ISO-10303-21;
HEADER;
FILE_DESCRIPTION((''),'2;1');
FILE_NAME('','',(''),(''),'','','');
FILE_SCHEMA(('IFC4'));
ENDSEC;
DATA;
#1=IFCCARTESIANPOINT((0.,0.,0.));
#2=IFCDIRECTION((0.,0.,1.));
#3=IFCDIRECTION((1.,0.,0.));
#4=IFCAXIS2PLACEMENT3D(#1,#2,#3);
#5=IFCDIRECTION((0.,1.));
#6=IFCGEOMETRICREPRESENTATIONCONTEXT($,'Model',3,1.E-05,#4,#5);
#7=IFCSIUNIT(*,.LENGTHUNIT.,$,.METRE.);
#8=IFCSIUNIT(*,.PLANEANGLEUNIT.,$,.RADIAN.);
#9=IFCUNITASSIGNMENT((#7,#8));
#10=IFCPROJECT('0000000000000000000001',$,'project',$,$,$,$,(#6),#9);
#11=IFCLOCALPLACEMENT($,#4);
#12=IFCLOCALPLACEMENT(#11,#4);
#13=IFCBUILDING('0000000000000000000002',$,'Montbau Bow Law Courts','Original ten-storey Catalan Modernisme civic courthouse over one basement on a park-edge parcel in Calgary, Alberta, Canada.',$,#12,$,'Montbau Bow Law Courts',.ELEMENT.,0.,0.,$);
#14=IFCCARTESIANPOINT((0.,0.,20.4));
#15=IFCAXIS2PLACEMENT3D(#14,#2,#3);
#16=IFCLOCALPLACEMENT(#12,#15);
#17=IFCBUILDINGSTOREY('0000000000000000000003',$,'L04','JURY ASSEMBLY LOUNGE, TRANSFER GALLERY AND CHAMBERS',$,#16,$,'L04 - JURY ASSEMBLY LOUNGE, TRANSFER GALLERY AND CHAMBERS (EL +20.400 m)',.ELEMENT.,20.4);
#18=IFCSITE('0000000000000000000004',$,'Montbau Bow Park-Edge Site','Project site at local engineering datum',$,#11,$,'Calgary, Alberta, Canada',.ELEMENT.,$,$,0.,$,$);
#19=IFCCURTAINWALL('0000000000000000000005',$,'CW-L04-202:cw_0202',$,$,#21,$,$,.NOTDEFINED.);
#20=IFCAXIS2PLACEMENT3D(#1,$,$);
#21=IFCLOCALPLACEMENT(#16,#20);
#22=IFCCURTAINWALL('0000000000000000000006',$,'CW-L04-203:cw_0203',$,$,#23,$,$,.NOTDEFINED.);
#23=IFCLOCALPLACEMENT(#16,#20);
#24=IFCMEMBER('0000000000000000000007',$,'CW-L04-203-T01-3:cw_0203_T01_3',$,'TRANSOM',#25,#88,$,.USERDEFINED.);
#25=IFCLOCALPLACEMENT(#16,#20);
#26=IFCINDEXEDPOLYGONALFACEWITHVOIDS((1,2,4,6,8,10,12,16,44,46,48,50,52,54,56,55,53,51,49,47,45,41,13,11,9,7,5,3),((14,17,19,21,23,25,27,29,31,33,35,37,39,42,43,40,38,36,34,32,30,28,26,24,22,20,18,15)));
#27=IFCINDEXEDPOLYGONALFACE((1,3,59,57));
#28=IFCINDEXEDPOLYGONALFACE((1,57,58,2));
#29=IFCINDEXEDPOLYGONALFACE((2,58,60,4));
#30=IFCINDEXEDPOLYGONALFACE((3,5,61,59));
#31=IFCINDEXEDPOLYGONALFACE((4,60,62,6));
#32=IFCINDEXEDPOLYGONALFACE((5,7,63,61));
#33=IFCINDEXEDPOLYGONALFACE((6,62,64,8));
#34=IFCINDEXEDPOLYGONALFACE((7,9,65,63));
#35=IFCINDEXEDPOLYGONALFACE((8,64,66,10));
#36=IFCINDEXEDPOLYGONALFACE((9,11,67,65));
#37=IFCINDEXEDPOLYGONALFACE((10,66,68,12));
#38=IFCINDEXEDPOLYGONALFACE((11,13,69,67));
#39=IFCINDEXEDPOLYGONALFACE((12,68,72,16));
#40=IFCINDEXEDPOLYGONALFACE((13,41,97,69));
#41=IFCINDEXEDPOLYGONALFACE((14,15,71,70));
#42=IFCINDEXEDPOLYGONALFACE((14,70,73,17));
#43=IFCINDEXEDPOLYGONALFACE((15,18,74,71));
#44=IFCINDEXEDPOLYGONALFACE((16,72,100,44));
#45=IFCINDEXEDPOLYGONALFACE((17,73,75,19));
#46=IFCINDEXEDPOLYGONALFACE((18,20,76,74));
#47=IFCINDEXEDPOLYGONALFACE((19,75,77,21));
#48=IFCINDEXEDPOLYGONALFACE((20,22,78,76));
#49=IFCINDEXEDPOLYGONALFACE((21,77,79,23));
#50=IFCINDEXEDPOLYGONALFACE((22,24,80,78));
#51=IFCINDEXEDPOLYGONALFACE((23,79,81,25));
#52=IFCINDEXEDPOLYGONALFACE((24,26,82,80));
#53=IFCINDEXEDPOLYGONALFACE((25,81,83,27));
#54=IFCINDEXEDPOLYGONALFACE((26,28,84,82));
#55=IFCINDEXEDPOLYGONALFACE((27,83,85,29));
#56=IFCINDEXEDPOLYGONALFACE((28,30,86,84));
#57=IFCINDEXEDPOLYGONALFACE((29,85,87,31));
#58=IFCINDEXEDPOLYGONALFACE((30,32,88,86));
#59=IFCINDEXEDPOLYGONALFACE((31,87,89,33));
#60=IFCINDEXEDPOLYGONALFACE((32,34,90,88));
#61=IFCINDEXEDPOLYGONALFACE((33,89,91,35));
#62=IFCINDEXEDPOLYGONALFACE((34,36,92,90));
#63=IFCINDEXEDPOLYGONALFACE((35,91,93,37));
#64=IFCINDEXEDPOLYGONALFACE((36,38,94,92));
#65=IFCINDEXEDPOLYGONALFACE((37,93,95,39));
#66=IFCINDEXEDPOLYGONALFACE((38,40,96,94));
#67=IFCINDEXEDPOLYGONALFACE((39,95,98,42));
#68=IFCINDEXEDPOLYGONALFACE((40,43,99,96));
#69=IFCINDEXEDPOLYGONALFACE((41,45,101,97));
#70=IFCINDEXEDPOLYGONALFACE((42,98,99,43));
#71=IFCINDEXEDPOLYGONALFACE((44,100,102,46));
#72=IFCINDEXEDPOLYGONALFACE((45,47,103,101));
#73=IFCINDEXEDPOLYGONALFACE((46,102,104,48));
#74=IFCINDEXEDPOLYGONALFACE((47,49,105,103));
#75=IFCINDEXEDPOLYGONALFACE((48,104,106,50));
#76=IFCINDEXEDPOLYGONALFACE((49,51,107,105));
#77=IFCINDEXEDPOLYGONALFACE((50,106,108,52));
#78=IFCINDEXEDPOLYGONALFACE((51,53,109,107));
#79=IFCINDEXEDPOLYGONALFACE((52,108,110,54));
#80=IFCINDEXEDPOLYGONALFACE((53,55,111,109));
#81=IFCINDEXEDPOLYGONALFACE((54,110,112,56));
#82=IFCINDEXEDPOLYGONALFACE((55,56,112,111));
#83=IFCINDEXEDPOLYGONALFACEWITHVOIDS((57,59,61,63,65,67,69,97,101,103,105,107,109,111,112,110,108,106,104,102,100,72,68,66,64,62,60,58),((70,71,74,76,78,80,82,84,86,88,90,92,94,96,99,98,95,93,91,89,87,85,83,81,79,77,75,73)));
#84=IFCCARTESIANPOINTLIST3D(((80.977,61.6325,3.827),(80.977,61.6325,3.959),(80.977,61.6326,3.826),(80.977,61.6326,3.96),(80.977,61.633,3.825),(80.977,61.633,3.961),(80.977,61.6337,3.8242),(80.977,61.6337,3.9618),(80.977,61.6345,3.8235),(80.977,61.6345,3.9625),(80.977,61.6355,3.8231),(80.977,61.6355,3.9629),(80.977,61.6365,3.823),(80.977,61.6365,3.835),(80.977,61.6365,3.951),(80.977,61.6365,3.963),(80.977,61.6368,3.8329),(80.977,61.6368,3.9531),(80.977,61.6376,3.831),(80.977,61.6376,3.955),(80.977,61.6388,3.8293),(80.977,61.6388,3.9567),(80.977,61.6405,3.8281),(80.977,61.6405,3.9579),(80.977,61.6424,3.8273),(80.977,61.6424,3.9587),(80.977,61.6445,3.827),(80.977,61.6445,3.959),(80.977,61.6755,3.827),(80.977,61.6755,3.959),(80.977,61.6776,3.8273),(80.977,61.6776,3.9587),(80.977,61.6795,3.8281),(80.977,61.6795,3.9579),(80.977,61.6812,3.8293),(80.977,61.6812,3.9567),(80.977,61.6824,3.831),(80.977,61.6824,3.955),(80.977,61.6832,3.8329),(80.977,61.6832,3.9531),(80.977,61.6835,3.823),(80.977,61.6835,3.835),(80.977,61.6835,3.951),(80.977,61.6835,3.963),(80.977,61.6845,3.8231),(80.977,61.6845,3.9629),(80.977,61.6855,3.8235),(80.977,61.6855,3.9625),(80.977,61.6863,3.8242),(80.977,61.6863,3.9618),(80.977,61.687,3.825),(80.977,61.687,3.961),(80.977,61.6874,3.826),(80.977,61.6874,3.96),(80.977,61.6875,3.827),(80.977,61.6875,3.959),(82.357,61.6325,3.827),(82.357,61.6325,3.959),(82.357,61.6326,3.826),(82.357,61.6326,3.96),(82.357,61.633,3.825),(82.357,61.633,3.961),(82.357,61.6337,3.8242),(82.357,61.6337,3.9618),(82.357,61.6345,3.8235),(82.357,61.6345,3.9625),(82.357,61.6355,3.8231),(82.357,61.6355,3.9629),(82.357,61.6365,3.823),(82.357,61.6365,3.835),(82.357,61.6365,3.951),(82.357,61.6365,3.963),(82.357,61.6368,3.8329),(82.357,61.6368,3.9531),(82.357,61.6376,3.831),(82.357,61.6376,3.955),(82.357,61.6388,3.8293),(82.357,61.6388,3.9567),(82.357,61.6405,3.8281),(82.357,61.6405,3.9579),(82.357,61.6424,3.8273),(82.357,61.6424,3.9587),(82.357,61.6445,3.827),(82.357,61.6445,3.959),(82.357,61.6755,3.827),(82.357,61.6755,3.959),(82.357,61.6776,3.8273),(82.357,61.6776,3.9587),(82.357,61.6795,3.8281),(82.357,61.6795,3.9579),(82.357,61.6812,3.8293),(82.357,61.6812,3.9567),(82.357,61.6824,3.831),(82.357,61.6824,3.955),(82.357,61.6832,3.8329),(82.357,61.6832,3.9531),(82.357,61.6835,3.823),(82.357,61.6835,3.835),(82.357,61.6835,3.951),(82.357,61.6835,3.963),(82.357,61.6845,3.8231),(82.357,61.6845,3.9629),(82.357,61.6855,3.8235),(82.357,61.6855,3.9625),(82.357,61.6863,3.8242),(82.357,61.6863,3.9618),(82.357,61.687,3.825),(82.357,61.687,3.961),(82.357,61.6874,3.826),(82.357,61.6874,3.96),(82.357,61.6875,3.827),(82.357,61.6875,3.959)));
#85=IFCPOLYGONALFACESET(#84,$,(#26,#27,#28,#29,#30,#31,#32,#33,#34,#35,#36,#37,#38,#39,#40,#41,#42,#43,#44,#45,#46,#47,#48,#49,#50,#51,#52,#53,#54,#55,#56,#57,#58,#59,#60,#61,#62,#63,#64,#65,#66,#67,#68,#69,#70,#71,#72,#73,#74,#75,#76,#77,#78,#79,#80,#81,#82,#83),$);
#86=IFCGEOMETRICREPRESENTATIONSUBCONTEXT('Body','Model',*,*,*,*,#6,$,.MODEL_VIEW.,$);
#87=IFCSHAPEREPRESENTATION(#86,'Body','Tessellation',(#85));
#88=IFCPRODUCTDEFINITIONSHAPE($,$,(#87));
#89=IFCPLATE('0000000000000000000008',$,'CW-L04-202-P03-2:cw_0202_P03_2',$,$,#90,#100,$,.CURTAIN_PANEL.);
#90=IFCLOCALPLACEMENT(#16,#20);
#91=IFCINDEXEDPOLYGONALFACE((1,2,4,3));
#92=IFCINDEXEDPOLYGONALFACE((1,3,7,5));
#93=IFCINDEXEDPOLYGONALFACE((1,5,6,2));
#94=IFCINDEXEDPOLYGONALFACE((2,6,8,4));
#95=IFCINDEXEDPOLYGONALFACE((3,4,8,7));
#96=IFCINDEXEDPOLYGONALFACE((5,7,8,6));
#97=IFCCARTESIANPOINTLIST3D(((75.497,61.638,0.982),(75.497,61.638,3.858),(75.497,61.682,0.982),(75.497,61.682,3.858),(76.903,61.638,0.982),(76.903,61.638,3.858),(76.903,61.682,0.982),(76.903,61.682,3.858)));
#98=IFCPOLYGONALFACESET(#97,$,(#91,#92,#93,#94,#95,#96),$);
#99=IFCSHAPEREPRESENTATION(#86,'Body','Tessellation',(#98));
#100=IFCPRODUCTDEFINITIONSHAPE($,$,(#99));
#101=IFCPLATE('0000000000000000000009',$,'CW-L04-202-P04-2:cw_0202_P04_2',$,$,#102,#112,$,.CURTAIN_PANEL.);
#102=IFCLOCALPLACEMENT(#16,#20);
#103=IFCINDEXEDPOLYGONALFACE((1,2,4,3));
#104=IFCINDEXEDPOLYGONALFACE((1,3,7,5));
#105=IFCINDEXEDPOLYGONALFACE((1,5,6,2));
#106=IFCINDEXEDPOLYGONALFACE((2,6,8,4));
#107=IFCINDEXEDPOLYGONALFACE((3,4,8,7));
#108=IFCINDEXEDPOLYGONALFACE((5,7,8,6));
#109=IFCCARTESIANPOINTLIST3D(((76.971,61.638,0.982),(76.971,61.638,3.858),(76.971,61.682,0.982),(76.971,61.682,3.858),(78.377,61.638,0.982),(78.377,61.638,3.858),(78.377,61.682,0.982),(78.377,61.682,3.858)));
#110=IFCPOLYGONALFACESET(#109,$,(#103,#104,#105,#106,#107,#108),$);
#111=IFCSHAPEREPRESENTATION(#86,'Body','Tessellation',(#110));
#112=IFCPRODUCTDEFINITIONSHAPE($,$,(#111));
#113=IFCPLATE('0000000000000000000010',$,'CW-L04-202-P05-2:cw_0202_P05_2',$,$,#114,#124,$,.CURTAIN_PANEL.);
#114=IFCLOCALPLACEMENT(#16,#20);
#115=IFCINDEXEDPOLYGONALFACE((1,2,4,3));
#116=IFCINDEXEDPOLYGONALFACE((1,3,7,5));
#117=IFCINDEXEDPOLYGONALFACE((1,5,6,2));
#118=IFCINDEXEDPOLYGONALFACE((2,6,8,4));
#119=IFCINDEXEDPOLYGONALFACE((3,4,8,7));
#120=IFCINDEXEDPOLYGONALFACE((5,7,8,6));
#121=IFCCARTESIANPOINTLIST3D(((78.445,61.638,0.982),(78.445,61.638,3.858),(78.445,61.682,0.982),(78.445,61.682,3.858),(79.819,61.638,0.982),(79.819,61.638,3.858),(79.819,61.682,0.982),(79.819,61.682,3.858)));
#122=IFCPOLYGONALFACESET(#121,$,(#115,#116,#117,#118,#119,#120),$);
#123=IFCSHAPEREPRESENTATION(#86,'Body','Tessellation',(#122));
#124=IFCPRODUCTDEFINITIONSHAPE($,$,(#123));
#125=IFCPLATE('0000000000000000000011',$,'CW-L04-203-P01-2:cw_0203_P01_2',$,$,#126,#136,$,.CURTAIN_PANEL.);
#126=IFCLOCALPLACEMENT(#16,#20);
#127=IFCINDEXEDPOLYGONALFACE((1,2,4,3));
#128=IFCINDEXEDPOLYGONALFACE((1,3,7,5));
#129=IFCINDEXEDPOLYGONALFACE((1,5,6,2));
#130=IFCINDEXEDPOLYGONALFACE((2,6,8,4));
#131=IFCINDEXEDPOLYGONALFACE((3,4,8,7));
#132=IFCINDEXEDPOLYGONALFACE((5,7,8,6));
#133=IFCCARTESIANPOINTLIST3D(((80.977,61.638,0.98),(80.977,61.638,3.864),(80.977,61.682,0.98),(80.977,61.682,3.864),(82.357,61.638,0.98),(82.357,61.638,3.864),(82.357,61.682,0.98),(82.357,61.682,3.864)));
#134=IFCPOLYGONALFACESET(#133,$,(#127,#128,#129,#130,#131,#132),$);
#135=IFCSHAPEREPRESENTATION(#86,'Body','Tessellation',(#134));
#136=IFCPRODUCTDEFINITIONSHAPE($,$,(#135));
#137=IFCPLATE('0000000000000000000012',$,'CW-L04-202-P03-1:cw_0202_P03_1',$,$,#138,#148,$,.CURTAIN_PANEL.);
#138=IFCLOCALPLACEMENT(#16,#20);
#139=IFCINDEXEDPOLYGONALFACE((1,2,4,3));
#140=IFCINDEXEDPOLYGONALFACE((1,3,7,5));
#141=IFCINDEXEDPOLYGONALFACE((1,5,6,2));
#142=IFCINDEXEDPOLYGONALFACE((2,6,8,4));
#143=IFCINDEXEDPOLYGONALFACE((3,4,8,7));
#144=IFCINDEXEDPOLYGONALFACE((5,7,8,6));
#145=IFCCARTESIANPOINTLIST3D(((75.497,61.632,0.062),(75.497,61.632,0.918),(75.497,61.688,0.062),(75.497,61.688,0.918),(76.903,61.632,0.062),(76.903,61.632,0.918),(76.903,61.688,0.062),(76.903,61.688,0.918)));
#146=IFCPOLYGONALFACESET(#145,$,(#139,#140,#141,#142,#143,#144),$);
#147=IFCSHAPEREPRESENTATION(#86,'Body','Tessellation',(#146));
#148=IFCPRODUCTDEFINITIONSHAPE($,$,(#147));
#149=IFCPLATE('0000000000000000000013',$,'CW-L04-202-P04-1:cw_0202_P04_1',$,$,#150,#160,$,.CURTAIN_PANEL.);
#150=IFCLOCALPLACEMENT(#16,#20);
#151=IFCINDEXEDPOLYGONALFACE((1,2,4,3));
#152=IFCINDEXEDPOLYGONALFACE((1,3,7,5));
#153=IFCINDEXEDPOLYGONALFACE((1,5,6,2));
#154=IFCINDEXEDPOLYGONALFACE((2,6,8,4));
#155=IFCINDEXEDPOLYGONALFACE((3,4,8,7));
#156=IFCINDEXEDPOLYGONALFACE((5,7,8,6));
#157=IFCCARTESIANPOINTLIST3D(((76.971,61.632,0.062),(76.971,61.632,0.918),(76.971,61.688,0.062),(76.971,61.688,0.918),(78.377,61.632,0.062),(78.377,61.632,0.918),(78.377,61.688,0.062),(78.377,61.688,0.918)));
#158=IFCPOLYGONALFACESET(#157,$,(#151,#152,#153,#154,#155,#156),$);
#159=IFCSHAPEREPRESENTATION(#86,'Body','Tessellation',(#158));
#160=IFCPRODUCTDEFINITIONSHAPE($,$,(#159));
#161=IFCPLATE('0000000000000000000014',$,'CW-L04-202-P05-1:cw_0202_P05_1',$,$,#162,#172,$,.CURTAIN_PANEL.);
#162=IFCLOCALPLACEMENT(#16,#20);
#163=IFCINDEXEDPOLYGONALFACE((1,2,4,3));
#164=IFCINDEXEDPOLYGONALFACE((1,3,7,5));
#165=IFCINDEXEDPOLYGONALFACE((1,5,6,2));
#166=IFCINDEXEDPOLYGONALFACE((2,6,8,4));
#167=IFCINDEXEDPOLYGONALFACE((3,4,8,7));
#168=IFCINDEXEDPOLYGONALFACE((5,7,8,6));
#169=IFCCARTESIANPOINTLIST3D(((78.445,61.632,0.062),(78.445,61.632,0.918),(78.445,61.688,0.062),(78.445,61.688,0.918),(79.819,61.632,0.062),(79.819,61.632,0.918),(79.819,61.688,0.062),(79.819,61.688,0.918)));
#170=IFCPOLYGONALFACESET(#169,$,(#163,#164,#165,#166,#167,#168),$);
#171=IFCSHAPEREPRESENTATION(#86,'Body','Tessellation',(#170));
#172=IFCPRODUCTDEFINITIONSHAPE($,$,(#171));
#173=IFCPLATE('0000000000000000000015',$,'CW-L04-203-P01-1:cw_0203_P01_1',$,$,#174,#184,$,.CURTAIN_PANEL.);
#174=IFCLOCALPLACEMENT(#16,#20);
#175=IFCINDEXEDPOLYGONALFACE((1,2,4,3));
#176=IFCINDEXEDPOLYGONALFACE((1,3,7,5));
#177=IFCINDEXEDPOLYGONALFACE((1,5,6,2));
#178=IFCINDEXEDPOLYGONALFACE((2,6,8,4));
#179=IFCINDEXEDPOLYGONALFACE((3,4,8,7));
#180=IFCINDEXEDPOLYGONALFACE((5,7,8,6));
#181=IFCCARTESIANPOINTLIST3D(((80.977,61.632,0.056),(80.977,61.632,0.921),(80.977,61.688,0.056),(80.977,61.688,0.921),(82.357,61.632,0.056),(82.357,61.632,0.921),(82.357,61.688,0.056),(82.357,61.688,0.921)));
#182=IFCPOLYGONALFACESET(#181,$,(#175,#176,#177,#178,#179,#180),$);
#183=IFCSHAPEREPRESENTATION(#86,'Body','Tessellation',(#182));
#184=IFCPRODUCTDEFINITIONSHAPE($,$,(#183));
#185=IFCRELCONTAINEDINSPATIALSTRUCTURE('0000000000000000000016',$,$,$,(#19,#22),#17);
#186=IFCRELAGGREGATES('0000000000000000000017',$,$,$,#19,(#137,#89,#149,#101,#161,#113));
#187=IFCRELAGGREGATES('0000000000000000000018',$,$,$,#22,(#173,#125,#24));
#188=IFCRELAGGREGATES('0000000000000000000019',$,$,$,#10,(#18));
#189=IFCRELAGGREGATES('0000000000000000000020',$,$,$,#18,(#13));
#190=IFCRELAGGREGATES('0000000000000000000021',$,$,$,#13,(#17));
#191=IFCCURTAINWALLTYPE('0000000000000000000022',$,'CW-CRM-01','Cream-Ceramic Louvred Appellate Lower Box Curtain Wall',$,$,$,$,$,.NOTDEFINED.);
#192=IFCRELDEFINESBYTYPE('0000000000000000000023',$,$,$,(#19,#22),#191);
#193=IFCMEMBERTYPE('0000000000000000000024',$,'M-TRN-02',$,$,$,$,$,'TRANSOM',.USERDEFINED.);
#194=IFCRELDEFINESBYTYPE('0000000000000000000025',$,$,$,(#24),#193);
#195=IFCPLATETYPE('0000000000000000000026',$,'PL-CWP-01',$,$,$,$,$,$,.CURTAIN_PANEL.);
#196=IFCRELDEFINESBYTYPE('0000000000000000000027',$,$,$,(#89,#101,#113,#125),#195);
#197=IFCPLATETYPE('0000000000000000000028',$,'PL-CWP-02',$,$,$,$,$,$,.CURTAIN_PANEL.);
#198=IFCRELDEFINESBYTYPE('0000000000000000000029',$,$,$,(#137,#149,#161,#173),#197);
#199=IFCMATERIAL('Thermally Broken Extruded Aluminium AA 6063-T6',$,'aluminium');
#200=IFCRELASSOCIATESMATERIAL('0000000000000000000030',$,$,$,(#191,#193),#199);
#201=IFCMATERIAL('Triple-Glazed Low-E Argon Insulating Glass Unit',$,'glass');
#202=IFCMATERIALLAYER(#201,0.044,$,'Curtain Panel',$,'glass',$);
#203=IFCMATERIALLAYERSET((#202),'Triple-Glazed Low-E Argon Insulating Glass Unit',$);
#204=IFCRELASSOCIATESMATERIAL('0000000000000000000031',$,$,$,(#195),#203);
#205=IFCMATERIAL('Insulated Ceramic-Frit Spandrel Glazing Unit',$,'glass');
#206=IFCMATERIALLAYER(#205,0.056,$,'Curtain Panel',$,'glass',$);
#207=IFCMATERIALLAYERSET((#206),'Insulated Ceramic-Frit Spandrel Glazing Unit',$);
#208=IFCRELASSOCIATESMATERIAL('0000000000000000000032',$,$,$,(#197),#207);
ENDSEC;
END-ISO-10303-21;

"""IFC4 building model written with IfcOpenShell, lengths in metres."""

from ifc_helpers import new_model, si_unit, direction, frame, frame_2d, origin_with_axes, origin_2d_with_axis, place, context, subcontext, project, spatial, rectangle, hollow_rectangle, extrude, material, layer, layer_set, material_profile, profile_set, type_object, element, aggregate, save


model = new_model("IFC4")

# Units and contexts
model_context = context("Model", 3, precision=1e-05, world=origin_with_axes(), true_north=direction((0.0, 1.0)))
body_context = subcontext(model_context, "Body", "Model", "MODEL_VIEW")
ifc_project = project(units=[si_unit("LENGTHUNIT", "METRE"), si_unit("PLANEANGLEUNIT", "RADIAN")], contexts=[model_context])

# Site, building, storey
site_placement = place(None, origin_with_axes())
site = spatial("IfcSite", under=ifc_project, at=site_placement, Name="Montbau Bow Park-Edge Site", Description="Project site at local engineering datum", LongName="Calgary, Alberta, Canada", CompositionType="ELEMENT", RefElevation=0.0)
building_placement = place(site_placement, origin_with_axes())
building = spatial("IfcBuilding", under=site, at=building_placement, Name="Montbau Bow Law Courts", Description="Original ten-storey Catalan Modernisme civic courthouse over one basement on a park-edge parcel in Calgary, Alberta, Canada.", LongName="Montbau Bow Law Courts", CompositionType="ELEMENT", ElevationOfRefHeight=0.0, ElevationOfTerrain=0.0)
storey_placement = place(building_placement, frame((0.0, 0.0, 20.4), z_axis=(0.0, 0.0, 1.0), x_axis=(1.0, 0.0, 0.0)))
storey = spatial("IfcBuildingStorey", under=building, at=storey_placement, Name="L04", Description="JURY ASSEMBLY LOUNGE, TRANSFER GALLERY AND CHAMBERS", LongName="L04 - JURY ASSEMBLY LOUNGE, TRANSFER GALLERY AND CHAMBERS (EL +20.400 m)", CompositionType="ELEMENT", Elevation=20.4)

# Curtain walls
ifc_material_1 = material(Name="Thermally Broken Extruded Aluminium AA 6063-T6", Category="aluminium")
curtain_wall_type = type_object("IfcCurtainWallType", Name="CW-CRM-01", Description="Cream-Ceramic Louvred Appellate Lower Box Curtain Wall", PredefinedType="NOTDEFINED", material=ifc_material_1)
curtain_wall_1_placement = place(None, frame((72.515, 61.66, 20.4), z_axis=(0.0, 0.0, 1.0), x_axis=(1.0, 0.0, 0.0)))
curtain_wall_1 = element("IfcCurtainWall", 1, at=curtain_wall_1_placement, inside=storey, type_object=curtain_wall_type, Name="CW-L04-202:cw_0202", PredefinedType="NOTDEFINED")
curtain_wall_2_placement = place(None, frame((80.915, 61.66, 20.4), z_axis=(0.0, 0.0, 1.0), x_axis=(1.0, 0.0, 0.0)))
curtain_wall_2 = element("IfcCurtainWall", 2, at=curtain_wall_2_placement, inside=storey, type_object=curtain_wall_type, Name="CW-L04-203:cw_0203", PredefinedType="NOTDEFINED")

# Member
ifc_material_profile_1 = material_profile(ifc_material_1, hollow_rectangle(XDim=0.055, YDim=0.14, WallThickness=0.004, InnerFilletRadius=0.008, OuterFilletRadius=0.004, at=origin_2d_with_axis()), Name="CWT-140X55", Category="Main", Priority=0)
ifc_profile_set_1 = profile_set([ifc_material_profile_1], Name="Thermally Broken Extruded Aluminium AA 6063-T6")
member_type_1 = type_object("IfcMemberType", Name="M-TRN-02", ElementType="TRANSOM", PredefinedType="USERDEFINED", material=ifc_profile_set_1)
member_1_placement = place(None, frame((80.977, 61.66, 24.293), z_axis=(1.0, 0.0, 0.0), x_axis=(0.0, 1.0, 0.0)))
member_1 = element("IfcMember", 3, at=member_1_placement, type_object=member_type_1, Name="CW-L04-203-T01-3:cw_0203_T01_3", ObjectType="TRANSOM", PredefinedType="USERDEFINED", context=body_context, shape_type="SweptSolid", body=[
    extrude(hollow_rectangle(XDim=0.055, YDim=0.14, WallThickness=0.004, InnerFilletRadius=0.008, OuterFilletRadius=0.004, at=origin_2d_with_axis()), origin_with_axes(), (0.0, 0.0, 1.0), 1.38),
])

# Plates
ifc_material_2 = material(Name="Triple-Glazed Low-E Argon Insulating Glass Unit", Category="glass")
ifc_layer_1 = layer(ifc_material_2, 0.044, Name="Curtain Panel", Category="glass")
ifc_layer_set_1 = layer_set([ifc_layer_1], Name="Triple-Glazed Low-E Argon Insulating Glass Unit")
plate_type_1 = type_object("IfcPlateType", Name="PL-CWP-01", PredefinedType="CURTAIN_PANEL", material=ifc_layer_set_1)
plate_1_placement = place(None, frame((75.497, 61.66, 21.382), z_axis=(0.0, -1.0, 0.0), x_axis=(1.0, 0.0, 0.0)))
plate_1 = element("IfcPlate", 4, at=plate_1_placement, type_object=plate_type_1, Name="CW-L04-202-P03-2:cw_0202_P03_2", PredefinedType="CURTAIN_PANEL", context=body_context, shape_type="SweptSolid", body=[
    extrude(rectangle(XDim=1.406, YDim=2.876, at=frame_2d((0.703, 1.438), x_axis=(1.0, 0.0))), frame((0.0, 0.0, -0.022), z_axis=(0.0, 0.0, 1.0), x_axis=(1.0, 0.0, 0.0)), (0.0, 0.0, 1.0), 0.044),
])
plate_2_placement = place(None, frame((76.971, 61.66, 21.382), z_axis=(0.0, -1.0, 0.0), x_axis=(1.0, 0.0, 0.0)))
plate_2 = element("IfcPlate", 5, at=plate_2_placement, type_object=plate_type_1, Name="CW-L04-202-P04-2:cw_0202_P04_2", PredefinedType="CURTAIN_PANEL", context=body_context, shape_type="SweptSolid", body=[
    extrude(rectangle(XDim=1.406, YDim=2.876, at=frame_2d((0.703, 1.438), x_axis=(1.0, 0.0))), frame((0.0, 0.0, -0.022), z_axis=(0.0, 0.0, 1.0), x_axis=(1.0, 0.0, 0.0)), (0.0, 0.0, 1.0), 0.044),
])
plate_3_placement = place(None, frame((78.445, 61.66, 21.382), z_axis=(0.0, -1.0, 0.0), x_axis=(1.0, 0.0, 0.0)))
plate_3 = element("IfcPlate", 6, at=plate_3_placement, type_object=plate_type_1, Name="CW-L04-202-P05-2:cw_0202_P05_2", PredefinedType="CURTAIN_PANEL", context=body_context, shape_type="SweptSolid", body=[
    extrude(rectangle(XDim=1.374, YDim=2.876, at=frame_2d((0.687, 1.438), x_axis=(1.0, 0.0))), frame((0.0, 0.0, -0.022), z_axis=(0.0, 0.0, 1.0), x_axis=(1.0, 0.0, 0.0)), (0.0, 0.0, 1.0), 0.044),
])
plate_4_placement = place(None, frame((80.977, 61.66, 21.38), z_axis=(0.0, -1.0, 0.0), x_axis=(1.0, 0.0, 0.0)))
plate_4 = element("IfcPlate", 7, at=plate_4_placement, type_object=plate_type_1, Name="CW-L04-203-P01-2:cw_0203_P01_2", PredefinedType="CURTAIN_PANEL", context=body_context, shape_type="SweptSolid", body=[
    extrude(rectangle(XDim=1.38, YDim=2.884, at=frame_2d((0.69, 1.442), x_axis=(1.0, 0.0))), frame((0.0, 0.0, -0.022), z_axis=(0.0, 0.0, 1.0), x_axis=(1.0, 0.0, 0.0)), (0.0, 0.0, 1.0), 0.044),
])
ifc_material_3 = material(Name="Insulated Ceramic-Frit Spandrel Glazing Unit", Category="glass")
ifc_layer_2 = layer(ifc_material_3, 0.056, Name="Curtain Panel", Category="glass")
ifc_layer_set_2 = layer_set([ifc_layer_2], Name="Insulated Ceramic-Frit Spandrel Glazing Unit")
plate_type_2 = type_object("IfcPlateType", Name="PL-CWP-02", PredefinedType="CURTAIN_PANEL", material=ifc_layer_set_2)
plate_5_placement = place(None, frame((75.497, 61.66, 20.462), z_axis=(0.0, -1.0, 0.0), x_axis=(1.0, 0.0, 0.0)))
plate_5 = element("IfcPlate", 8, at=plate_5_placement, type_object=plate_type_2, Name="CW-L04-202-P03-1:cw_0202_P03_1", PredefinedType="CURTAIN_PANEL", context=body_context, shape_type="SweptSolid", body=[
    extrude(rectangle(XDim=1.406, YDim=0.856, at=frame_2d((0.703, 0.428), x_axis=(1.0, 0.0))), frame((0.0, 0.0, -0.028), z_axis=(0.0, 0.0, 1.0), x_axis=(1.0, 0.0, 0.0)), (0.0, 0.0, 1.0), 0.056),
])
plate_6_placement = place(None, frame((76.971, 61.66, 20.462), z_axis=(0.0, -1.0, 0.0), x_axis=(1.0, 0.0, 0.0)))
plate_6 = element("IfcPlate", 9, at=plate_6_placement, type_object=plate_type_2, Name="CW-L04-202-P04-1:cw_0202_P04_1", PredefinedType="CURTAIN_PANEL", context=body_context, shape_type="SweptSolid", body=[
    extrude(rectangle(XDim=1.406, YDim=0.856, at=frame_2d((0.703, 0.428), x_axis=(1.0, 0.0))), frame((0.0, 0.0, -0.028), z_axis=(0.0, 0.0, 1.0), x_axis=(1.0, 0.0, 0.0)), (0.0, 0.0, 1.0), 0.056),
])
plate_7_placement = place(None, frame((78.445, 61.66, 20.462), z_axis=(0.0, -1.0, 0.0), x_axis=(1.0, 0.0, 0.0)))
plate_7 = element("IfcPlate", 10, at=plate_7_placement, type_object=plate_type_2, Name="CW-L04-202-P05-1:cw_0202_P05_1", PredefinedType="CURTAIN_PANEL", context=body_context, shape_type="SweptSolid", body=[
    extrude(rectangle(XDim=1.374, YDim=0.856, at=frame_2d((0.687, 0.428), x_axis=(1.0, 0.0))), frame((0.0, 0.0, -0.028), z_axis=(0.0, 0.0, 1.0), x_axis=(1.0, 0.0, 0.0)), (0.0, 0.0, 1.0), 0.056),
])
aggregate(curtain_wall_1, [plate_5, plate_1, plate_6, plate_2, plate_7, plate_3])
plate_8_placement = place(None, frame((80.977, 61.66, 20.456), z_axis=(0.0, -1.0, 0.0), x_axis=(1.0, 0.0, 0.0)))
plate_8 = element("IfcPlate", 11, at=plate_8_placement, type_object=plate_type_2, Name="CW-L04-203-P01-1:cw_0203_P01_1", PredefinedType="CURTAIN_PANEL", context=body_context, shape_type="SweptSolid", body=[
    extrude(rectangle(XDim=1.38, YDim=0.865, at=frame_2d((0.69, 0.4325), x_axis=(1.0, 0.0))), frame((0.0, 0.0, -0.028), z_axis=(0.0, 0.0, 1.0), x_axis=(1.0, 0.0, 0.0)), (0.0, 0.0, 1.0), 0.056),
])
aggregate(curtain_wall_2, [plate_8, plate_4, member_1])

save(model, "model.ifc")
